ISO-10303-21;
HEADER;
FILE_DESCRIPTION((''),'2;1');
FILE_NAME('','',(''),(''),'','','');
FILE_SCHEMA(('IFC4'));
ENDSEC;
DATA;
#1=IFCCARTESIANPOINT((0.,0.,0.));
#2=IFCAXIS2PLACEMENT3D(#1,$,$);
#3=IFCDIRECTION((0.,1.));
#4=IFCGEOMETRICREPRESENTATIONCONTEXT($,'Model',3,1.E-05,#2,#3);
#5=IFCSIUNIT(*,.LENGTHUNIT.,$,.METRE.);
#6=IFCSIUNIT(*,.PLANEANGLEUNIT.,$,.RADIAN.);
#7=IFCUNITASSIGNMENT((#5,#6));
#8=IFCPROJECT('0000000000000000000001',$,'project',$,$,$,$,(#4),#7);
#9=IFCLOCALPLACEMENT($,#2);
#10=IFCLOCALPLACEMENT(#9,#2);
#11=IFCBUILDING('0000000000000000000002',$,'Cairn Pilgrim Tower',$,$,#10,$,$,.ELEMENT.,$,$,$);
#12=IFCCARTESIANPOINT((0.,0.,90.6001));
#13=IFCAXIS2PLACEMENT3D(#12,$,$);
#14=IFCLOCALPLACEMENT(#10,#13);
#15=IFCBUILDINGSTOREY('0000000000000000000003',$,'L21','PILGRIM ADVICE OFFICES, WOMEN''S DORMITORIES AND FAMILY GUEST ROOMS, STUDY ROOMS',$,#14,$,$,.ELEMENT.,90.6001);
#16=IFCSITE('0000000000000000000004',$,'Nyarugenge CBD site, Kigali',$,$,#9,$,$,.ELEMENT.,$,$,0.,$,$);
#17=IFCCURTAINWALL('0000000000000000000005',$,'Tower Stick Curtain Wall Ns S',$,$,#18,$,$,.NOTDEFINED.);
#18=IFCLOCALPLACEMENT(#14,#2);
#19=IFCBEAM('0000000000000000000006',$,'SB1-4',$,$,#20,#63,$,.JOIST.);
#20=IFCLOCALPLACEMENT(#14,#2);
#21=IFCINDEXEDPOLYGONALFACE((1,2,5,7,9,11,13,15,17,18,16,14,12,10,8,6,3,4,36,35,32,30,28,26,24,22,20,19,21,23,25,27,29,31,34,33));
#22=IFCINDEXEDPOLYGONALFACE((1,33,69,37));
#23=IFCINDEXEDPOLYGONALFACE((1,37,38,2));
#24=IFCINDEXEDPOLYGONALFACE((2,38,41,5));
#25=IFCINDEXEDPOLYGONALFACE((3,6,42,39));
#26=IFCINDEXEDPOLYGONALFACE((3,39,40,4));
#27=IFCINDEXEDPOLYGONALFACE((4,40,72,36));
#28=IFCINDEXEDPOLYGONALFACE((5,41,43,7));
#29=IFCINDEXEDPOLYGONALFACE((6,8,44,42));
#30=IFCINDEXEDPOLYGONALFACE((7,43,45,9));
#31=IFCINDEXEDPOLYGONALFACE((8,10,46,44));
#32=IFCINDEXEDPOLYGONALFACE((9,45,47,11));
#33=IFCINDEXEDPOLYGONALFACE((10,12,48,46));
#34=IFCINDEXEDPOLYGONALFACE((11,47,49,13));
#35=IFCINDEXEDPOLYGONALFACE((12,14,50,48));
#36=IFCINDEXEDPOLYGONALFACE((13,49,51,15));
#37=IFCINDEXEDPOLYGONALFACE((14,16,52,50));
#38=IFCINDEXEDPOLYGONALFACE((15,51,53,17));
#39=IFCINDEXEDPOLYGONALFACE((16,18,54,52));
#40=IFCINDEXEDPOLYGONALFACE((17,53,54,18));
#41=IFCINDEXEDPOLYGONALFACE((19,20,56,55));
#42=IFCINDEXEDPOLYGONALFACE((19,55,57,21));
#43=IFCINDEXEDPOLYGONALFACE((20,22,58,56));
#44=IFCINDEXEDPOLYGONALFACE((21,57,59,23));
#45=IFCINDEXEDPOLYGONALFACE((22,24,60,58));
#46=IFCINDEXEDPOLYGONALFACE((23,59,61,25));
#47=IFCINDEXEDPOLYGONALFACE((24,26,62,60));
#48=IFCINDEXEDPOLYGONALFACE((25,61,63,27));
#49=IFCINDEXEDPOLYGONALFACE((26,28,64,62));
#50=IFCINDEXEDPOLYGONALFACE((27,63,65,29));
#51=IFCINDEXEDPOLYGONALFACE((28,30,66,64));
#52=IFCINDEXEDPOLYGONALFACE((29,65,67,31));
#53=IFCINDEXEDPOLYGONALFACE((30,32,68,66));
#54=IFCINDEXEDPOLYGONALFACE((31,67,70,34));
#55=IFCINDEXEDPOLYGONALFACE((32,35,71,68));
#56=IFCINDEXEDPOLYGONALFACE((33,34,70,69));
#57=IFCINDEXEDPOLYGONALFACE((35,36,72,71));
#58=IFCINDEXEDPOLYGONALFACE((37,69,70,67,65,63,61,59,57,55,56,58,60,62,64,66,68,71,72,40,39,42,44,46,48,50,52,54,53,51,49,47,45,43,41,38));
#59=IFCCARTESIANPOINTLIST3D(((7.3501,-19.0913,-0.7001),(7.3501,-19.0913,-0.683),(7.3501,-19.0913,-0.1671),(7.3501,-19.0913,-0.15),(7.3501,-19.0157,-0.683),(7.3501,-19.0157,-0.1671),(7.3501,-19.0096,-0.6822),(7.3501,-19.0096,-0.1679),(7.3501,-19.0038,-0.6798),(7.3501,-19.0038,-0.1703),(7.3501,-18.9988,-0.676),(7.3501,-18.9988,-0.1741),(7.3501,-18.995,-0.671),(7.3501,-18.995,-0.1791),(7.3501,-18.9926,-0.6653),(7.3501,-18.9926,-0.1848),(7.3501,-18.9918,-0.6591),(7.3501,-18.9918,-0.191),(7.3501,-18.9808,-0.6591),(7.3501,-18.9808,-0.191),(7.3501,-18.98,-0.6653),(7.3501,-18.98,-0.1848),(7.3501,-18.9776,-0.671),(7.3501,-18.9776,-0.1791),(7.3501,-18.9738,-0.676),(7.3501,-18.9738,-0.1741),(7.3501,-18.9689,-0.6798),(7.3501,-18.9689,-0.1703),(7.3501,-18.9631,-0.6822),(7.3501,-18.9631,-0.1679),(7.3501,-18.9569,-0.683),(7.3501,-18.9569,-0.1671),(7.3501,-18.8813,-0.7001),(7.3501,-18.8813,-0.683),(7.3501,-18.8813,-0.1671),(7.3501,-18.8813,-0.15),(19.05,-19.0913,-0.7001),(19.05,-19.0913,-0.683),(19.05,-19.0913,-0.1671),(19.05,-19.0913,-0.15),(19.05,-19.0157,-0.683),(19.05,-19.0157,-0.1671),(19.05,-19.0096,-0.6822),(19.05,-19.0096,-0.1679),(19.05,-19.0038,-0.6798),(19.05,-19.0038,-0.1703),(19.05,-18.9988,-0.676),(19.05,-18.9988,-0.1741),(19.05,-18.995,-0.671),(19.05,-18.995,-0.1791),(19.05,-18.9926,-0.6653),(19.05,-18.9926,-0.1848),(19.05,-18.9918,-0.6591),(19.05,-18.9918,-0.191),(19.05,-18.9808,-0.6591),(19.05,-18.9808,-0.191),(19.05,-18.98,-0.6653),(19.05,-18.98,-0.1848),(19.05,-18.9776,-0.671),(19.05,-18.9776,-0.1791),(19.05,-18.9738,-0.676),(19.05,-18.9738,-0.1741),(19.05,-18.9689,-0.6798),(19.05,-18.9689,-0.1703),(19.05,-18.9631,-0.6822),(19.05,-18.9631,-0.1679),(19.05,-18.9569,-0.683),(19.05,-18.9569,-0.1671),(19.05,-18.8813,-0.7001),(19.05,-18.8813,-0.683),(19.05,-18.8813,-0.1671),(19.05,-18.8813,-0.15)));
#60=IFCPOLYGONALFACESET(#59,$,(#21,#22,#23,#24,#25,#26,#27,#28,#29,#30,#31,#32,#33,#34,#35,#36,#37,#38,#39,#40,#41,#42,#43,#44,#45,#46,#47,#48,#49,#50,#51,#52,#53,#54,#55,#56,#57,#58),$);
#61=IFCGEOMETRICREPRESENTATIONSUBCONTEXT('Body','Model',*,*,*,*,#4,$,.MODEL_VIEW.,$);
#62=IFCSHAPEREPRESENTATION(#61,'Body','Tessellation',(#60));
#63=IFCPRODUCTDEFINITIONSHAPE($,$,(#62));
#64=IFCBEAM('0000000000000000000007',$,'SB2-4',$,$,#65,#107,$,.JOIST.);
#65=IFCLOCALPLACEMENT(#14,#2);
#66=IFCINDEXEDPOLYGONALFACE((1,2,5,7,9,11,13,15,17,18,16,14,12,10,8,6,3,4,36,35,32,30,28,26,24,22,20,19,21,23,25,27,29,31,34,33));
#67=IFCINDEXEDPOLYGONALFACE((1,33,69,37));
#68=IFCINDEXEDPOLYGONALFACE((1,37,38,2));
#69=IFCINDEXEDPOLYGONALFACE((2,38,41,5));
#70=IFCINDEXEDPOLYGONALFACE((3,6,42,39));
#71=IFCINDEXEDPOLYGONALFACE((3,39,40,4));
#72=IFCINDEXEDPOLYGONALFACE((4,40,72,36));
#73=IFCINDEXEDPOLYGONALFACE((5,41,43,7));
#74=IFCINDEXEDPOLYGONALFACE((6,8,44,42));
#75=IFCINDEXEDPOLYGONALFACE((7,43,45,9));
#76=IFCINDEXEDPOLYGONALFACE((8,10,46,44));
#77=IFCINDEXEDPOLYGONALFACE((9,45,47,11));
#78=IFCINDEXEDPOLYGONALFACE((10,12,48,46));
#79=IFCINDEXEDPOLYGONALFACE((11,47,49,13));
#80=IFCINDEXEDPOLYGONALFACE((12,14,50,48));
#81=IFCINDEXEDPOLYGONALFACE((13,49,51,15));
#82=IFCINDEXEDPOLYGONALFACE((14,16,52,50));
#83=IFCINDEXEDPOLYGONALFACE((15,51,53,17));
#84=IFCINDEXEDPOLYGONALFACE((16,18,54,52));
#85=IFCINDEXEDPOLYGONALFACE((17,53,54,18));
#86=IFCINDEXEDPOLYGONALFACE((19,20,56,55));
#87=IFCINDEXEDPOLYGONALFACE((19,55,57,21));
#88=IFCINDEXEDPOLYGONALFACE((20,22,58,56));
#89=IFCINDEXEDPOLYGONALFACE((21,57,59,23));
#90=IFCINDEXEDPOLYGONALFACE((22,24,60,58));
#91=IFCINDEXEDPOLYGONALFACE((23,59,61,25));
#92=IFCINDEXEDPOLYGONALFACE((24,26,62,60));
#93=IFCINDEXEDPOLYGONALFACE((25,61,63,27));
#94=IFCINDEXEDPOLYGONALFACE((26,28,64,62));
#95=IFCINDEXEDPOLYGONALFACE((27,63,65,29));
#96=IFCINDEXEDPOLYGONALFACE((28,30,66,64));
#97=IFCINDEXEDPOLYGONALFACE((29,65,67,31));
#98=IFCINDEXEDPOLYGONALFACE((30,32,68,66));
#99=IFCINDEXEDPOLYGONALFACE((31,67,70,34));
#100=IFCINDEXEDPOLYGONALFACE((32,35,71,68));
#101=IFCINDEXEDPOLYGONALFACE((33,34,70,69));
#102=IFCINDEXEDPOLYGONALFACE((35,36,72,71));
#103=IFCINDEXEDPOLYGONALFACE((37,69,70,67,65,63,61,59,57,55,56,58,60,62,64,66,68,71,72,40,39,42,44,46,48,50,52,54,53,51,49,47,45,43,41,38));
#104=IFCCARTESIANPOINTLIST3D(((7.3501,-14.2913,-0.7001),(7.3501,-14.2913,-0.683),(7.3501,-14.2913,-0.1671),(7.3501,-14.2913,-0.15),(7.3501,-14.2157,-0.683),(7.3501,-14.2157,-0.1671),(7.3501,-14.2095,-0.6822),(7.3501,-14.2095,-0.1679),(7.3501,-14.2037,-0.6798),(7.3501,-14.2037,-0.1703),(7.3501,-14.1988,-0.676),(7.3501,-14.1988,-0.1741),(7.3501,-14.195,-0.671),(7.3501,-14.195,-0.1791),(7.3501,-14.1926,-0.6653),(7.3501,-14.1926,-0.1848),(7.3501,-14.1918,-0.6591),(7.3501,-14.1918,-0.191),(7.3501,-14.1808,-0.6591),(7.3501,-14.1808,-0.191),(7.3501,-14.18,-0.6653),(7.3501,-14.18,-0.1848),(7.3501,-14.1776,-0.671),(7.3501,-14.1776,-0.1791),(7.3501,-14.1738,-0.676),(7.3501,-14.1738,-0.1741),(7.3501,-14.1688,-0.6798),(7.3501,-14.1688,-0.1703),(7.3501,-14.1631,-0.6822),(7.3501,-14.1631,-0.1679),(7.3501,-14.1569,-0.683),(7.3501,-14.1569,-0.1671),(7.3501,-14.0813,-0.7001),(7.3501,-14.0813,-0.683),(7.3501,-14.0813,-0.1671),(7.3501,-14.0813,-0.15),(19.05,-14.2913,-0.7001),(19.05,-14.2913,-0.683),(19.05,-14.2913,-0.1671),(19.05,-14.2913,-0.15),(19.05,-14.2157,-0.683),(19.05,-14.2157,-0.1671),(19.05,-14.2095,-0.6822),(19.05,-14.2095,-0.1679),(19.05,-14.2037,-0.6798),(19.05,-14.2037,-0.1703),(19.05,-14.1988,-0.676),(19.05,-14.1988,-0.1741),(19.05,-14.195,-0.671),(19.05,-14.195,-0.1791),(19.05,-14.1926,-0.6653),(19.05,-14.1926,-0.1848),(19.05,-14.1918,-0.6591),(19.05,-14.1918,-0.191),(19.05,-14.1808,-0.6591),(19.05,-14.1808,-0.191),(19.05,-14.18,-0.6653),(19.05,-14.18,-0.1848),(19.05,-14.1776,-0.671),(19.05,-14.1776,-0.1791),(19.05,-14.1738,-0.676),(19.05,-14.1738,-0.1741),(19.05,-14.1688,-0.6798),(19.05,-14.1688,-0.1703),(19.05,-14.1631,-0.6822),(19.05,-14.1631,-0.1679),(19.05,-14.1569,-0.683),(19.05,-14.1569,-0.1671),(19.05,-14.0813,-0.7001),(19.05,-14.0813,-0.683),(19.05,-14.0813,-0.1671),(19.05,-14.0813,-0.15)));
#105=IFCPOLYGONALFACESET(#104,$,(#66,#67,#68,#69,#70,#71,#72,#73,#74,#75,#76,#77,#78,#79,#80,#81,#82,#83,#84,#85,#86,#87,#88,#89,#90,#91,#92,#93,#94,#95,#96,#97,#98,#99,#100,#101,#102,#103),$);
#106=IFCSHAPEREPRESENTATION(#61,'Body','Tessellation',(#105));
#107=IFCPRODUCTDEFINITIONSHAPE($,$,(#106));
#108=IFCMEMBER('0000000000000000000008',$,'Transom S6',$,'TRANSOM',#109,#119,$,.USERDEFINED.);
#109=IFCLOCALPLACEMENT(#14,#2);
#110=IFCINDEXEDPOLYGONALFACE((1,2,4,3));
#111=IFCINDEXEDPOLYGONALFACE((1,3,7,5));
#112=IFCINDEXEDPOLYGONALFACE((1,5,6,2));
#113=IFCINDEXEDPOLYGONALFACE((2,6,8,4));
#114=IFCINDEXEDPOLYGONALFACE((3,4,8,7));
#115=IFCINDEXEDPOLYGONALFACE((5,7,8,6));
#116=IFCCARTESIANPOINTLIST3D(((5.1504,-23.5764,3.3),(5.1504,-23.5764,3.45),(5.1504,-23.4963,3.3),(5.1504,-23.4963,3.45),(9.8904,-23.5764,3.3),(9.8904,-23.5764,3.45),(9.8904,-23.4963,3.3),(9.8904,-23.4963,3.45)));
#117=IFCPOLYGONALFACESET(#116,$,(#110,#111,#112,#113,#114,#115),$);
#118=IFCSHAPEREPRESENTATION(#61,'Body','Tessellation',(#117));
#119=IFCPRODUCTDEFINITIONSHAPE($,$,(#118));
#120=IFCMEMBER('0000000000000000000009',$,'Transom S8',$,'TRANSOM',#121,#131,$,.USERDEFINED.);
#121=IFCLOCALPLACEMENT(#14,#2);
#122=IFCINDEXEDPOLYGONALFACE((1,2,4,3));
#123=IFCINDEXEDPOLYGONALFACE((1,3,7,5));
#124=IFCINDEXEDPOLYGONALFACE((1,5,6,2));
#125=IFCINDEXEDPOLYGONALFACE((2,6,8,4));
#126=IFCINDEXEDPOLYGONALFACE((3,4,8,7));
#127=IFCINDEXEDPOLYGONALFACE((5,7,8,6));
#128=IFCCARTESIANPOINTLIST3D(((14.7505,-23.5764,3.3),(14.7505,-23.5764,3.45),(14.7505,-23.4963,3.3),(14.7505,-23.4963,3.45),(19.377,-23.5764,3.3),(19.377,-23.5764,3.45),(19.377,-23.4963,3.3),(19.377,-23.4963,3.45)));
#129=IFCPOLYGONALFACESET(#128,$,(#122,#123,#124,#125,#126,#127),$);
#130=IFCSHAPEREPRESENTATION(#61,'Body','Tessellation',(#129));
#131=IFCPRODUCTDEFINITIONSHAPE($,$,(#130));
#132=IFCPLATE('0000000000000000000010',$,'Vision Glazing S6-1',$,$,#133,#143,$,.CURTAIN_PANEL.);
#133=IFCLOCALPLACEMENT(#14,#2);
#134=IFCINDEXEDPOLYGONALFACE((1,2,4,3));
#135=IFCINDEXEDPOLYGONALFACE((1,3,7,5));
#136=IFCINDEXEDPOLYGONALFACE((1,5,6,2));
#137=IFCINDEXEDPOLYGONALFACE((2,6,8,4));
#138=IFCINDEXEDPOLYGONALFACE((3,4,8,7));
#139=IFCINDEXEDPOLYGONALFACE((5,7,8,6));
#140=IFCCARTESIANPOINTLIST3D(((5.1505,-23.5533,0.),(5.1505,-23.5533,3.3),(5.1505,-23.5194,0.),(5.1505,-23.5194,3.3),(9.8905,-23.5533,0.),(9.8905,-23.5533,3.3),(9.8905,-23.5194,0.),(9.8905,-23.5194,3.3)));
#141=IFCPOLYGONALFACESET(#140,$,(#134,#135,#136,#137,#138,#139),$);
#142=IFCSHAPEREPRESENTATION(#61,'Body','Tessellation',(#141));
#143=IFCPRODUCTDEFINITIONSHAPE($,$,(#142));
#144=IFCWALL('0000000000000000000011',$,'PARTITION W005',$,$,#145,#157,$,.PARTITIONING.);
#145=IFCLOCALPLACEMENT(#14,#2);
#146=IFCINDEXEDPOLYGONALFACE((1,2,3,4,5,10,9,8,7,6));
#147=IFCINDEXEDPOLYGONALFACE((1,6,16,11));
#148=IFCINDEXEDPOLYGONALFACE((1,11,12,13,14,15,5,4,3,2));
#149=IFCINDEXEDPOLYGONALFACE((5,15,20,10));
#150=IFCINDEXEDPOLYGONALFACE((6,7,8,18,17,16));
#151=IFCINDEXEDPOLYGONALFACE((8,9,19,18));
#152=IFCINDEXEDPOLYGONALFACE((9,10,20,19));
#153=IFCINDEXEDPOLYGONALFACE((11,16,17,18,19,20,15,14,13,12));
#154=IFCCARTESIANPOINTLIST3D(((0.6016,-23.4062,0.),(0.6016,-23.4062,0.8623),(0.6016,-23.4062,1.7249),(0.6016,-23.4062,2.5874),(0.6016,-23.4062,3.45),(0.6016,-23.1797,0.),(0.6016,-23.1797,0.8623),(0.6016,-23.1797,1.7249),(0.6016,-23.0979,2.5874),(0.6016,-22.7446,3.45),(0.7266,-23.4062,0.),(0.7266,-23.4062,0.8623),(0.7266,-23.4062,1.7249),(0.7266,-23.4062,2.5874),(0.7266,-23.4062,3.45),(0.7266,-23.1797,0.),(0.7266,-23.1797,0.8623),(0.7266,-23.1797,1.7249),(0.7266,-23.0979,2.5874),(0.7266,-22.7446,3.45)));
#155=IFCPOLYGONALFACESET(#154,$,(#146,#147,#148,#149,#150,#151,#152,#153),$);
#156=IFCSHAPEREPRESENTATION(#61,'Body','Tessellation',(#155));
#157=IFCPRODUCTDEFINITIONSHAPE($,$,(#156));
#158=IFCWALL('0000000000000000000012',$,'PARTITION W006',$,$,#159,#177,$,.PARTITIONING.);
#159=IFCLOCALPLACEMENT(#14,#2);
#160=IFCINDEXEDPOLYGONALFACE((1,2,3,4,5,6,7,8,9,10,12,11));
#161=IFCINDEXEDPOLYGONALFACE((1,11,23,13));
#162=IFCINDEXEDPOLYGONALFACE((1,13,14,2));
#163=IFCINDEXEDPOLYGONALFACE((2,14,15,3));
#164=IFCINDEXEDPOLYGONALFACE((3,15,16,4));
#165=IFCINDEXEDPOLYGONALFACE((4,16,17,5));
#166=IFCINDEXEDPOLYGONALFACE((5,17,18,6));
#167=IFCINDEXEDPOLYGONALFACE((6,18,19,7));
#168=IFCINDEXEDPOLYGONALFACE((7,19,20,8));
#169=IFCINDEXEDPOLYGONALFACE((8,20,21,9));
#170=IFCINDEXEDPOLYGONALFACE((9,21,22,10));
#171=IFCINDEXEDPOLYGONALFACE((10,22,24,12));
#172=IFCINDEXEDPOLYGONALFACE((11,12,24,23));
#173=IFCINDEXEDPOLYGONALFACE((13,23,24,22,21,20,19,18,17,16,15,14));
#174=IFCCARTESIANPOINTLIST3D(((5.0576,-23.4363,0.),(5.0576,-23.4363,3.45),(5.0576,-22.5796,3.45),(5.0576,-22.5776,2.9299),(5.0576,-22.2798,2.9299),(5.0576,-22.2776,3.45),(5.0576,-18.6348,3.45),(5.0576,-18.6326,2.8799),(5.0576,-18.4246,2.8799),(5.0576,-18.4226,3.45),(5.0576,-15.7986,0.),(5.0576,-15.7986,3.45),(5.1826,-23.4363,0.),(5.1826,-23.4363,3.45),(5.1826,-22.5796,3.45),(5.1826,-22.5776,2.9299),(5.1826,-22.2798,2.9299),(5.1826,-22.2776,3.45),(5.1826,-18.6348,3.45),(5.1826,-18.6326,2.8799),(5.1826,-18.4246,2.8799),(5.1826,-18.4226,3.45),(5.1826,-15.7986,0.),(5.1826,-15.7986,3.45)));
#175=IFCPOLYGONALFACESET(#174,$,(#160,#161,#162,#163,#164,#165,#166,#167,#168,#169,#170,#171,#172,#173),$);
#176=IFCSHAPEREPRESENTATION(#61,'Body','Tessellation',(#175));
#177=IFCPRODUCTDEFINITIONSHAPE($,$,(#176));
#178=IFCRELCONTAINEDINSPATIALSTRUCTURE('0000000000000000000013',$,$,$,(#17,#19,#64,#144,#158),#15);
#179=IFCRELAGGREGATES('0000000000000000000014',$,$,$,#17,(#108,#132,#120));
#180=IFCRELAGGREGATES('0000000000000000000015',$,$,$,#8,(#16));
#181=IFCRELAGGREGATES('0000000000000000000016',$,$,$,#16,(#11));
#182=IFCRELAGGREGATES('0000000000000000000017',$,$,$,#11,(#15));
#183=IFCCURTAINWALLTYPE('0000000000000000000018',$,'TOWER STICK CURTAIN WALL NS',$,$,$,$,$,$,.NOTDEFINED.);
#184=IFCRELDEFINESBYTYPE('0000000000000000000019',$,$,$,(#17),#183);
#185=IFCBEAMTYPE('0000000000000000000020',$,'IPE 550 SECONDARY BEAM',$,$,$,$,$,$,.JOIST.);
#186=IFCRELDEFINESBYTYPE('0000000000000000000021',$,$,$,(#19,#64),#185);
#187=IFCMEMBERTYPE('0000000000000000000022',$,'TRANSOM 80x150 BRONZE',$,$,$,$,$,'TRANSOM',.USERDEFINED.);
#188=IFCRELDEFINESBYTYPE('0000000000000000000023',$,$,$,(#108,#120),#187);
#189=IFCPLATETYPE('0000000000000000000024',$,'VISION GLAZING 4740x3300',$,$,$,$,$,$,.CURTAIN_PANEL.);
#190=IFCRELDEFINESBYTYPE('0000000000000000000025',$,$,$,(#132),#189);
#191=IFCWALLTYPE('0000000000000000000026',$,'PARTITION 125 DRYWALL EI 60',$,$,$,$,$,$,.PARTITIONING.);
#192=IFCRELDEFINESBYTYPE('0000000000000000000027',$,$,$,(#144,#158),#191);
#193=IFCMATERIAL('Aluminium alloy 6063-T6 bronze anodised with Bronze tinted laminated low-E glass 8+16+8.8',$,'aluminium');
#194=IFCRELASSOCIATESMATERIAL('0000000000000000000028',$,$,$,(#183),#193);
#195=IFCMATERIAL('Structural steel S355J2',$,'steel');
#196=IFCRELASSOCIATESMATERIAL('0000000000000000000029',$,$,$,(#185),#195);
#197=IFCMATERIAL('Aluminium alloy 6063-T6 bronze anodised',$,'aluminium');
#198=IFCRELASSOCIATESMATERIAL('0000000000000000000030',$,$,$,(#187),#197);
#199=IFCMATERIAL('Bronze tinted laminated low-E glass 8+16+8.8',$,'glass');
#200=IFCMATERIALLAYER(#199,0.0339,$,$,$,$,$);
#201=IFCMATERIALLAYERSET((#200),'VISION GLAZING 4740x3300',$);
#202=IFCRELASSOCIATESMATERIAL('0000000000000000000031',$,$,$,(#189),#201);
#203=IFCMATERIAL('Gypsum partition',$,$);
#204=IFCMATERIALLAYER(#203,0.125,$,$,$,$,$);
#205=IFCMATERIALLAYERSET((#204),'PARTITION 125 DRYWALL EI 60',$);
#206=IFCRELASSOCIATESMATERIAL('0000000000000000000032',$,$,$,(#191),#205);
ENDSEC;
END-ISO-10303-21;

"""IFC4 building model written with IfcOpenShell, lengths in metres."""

from ifc_helpers import new_model, si_unit, direction, frame, origin, origin_2d, place, context, subcontext, project, spatial, polyline, rectangle, i_section, outline, extrude, material, layer, layer_set, material_profile, profile_set, type_object, element, aggregate, save


model = new_model("IFC4")

# Units and contexts
model_context = context("Model", 3, precision=1e-05, world=origin(), true_north=direction((0.0, 1.0)))
body_context = subcontext(model_context, "Body", "Model", "MODEL_VIEW")
ifc_project = project(units=[si_unit("LENGTHUNIT", "METRE"), si_unit("PLANEANGLEUNIT", "RADIAN")], contexts=[model_context])

# Site, building, storey
site_placement = place(None, origin())
site = spatial("IfcSite", under=ifc_project, at=site_placement, Name="Nyarugenge CBD site, Kigali", CompositionType="ELEMENT", RefElevation=0.0)
building_placement = place(site_placement, origin())
building = spatial("IfcBuilding", under=site, at=building_placement, Name="Cairn Pilgrim Tower", CompositionType="ELEMENT")
storey_placement = place(building_placement, frame((0.0, 0.0, 90.6001)))
storey = spatial("IfcBuildingStorey", under=building, at=storey_placement, Name="L21", Description="PILGRIM ADVICE OFFICES, WOMEN'S DORMITORIES AND FAMILY GUEST ROOMS, STUDY ROOMS", CompositionType="ELEMENT", Elevation=90.6001)

# Curtain wall
ifc_material_1 = material(Name="Aluminium alloy 6063-T6 bronze anodised with Bronze tinted laminated low-E glass 8+16+8.8", Category="aluminium")
curtain_wall_type = type_object("IfcCurtainWallType", Name="TOWER STICK CURTAIN WALL NS", PredefinedType="NOTDEFINED", material=ifc_material_1)
curtain_wall_placement = place(storey_placement, origin())
curtain_wall = element("IfcCurtainWall", 1, at=curtain_wall_placement, inside=storey, type_object=curtain_wall_type, Name="Tower Stick Curtain Wall Ns S", PredefinedType="NOTDEFINED")
ifc_material_2 = material(Name="Aluminium alloy 6063-T6 bronze anodised", Category="aluminium")

# Beams
ifc_material_3 = material(Name="Structural steel S355J2", Category="steel")
ifc_material_profile_1 = material_profile(ifc_material_3, i_section(OverallWidth=0.21, OverallDepth=0.55, WebThickness=0.011, FlangeThickness=0.0171, FilletRadius=0.0239, at=origin_2d()), Name="IPE 550")
ifc_profile_set_1 = profile_set([ifc_material_profile_1], Name="Structural steel S355J2")
beam_type_1 = type_object("IfcBeamType", Name="IPE 550 SECONDARY BEAM", PredefinedType="JOIST", material=ifc_profile_set_1)
for number, where, z_axis, x_axis, name in (
    (2, (7.3501, -18.9863, -0.425), (1.0, 0.0, 0.0), (0.0, 1.0, 0.0), "SB1-4"),
    (3, (7.3501, -14.1863, -0.425), (1.0, 0.0, 0.0), (0.0, 1.0, 0.0), "SB2-4"),
):
    element("IfcBeam", number, at=place(storey_placement, frame(where, z_axis=z_axis, x_axis=x_axis)), inside=storey, type_object=beam_type_1, Name=name, PredefinedType="JOIST", context=body_context, shape_type="SweptSolid", body=[
        extrude(i_section(OverallWidth=0.21, OverallDepth=0.55, WebThickness=0.011, FlangeThickness=0.0171, FilletRadius=0.0239, at=origin_2d()), origin(), (0.0, 0.0, 1.0), 11.7),
    ])

# Members
ifc_material_profile_2 = material_profile(ifc_material_2, rectangle(XDim=0.0801, YDim=0.1499, at=origin_2d()), Name="TRANSOM 80x150 BRONZE")
ifc_profile_set_2 = profile_set([ifc_material_profile_2], Name="Aluminium alloy 6063-T6 bronze anodised")
member_type_1 = type_object("IfcMemberType", Name="TRANSOM 80x150 BRONZE", ElementType="TRANSOM", PredefinedType="USERDEFINED", material=ifc_profile_set_2)
member_1_placement = place(storey_placement, frame((5.1504, -23.5364, 3.375), z_axis=(1.0, 0.0, 0.0), x_axis=(0.0, 1.0, 0.0)))
member_1 = element("IfcMember", 4, at=member_1_placement, type_object=member_type_1, Name="Transom S6", ObjectType="TRANSOM", PredefinedType="USERDEFINED", context=body_context, shape_type="SweptSolid", body=[
    extrude(rectangle(XDim=0.0801, YDim=0.1499, at=origin_2d()), origin(), (0.0, 0.0, 1.0), 4.74),
])
member_2_placement = place(storey_placement, frame((14.7505, -23.5364, 3.375), z_axis=(1.0, 0.0, 0.0), x_axis=(0.0, 1.0, 0.0)))
member_2 = element("IfcMember", 5, at=member_2_placement, type_object=member_type_1, Name="Transom S8", ObjectType="TRANSOM", PredefinedType="USERDEFINED", context=body_context, shape_type="SweptSolid", body=[
    extrude(rectangle(XDim=0.0801, YDim=0.1499, at=origin_2d()), origin(), (0.0, 0.0, 1.0), 4.6265),
])

# Plate
ifc_material_4 = material(Name="Bronze tinted laminated low-E glass 8+16+8.8", Category="glass")
ifc_layer_1 = layer(ifc_material_4, 0.0339)
ifc_layer_set_1 = layer_set([ifc_layer_1], Name="VISION GLAZING 4740x3300")
plate_type = type_object("IfcPlateType", Name="VISION GLAZING 4740x3300", PredefinedType="CURTAIN_PANEL", material=ifc_layer_set_1)
plate_placement = place(storey_placement, frame((7.5205, -23.5364, 0.0), z_axis=(0.0, 0.0, 1.0), x_axis=(1.0, 0.0, 0.0)))
plate = element("IfcPlate", 6, at=plate_placement, type_object=plate_type, Name="Vision Glazing S6-1", PredefinedType="CURTAIN_PANEL", context=body_context, shape_type="SweptSolid", body=[
    extrude(rectangle(XDim=4.74, YDim=0.0339, at=origin_2d()), origin(), (0.0, 0.0, 1.0), 3.3),
])
aggregate(curtain_wall, [member_1, plate, member_2])

# Walls
ifc_material_5 = material(Name="Gypsum partition")
ifc_layer_2 = layer(ifc_material_5, 0.125)
ifc_layer_set_2 = layer_set([ifc_layer_2], Name="PARTITION 125 DRYWALL EI 60")
wall_type_1 = type_object("IfcWallType", Name="PARTITION 125 DRYWALL EI 60", PredefinedType="PARTITIONING", material=ifc_layer_set_2)
wall_1_placement = place(storey_placement, frame((0.6641, -23.4062, 0.0), z_axis=(0.0, 0.0, 1.0), x_axis=(0.0, 1.0, 0.0)))
element("IfcWall", 7, at=wall_1_placement, inside=storey, type_object=wall_type_1, Name="PARTITION W005", PredefinedType="PARTITIONING", context=body_context, shape_type="SweptSolid", body=[
    extrude(outline(polyline([(0.0, 0.0), (0.2266, 0.0), (0.2266, 0.8623), (0.2266, 1.7249), (0.3083, 2.5874), (0.6616, 3.45), (0.0, 3.45), (0.0, 2.5874), (0.0, 1.7249), (0.0, 0.8623), (0.0, 0.0)])), frame((0.0, 0.0625, 0.0), z_axis=(0.0, -1.0, 0.0), x_axis=(1.0, 0.0, 0.0)), (0.0, 0.0, 1.0), 0.125),
])
wall_2_placement = place(storey_placement, frame((5.1201, -23.4363, 0.0), z_axis=(0.0, 0.0, 1.0), x_axis=(0.0, 1.0, 0.0)))
element("IfcWall", 8, at=wall_2_placement, inside=storey, type_object=wall_type_1, Name="PARTITION W006", PredefinedType="PARTITIONING", context=body_context, shape_type="SweptSolid", body=[
    extrude(outline(polyline([(0.0, 0.0), (7.6377, 0.0), (7.6377, 3.45), (5.0137, 3.45), (5.0117, 2.8799), (4.8037, 2.8799), (4.8015, 3.45), (1.1587, 3.45), (1.1565, 2.9299), (0.8586, 2.9299), (0.8567, 3.45), (0.0, 3.45), (0.0, 0.0)])), frame((0.0, 0.0625, 0.0), z_axis=(0.0, -1.0, 0.0), x_axis=(1.0, 0.0, 0.0)), (0.0, 0.0, 1.0), 0.125),
])

save(model, "model.ifc")
